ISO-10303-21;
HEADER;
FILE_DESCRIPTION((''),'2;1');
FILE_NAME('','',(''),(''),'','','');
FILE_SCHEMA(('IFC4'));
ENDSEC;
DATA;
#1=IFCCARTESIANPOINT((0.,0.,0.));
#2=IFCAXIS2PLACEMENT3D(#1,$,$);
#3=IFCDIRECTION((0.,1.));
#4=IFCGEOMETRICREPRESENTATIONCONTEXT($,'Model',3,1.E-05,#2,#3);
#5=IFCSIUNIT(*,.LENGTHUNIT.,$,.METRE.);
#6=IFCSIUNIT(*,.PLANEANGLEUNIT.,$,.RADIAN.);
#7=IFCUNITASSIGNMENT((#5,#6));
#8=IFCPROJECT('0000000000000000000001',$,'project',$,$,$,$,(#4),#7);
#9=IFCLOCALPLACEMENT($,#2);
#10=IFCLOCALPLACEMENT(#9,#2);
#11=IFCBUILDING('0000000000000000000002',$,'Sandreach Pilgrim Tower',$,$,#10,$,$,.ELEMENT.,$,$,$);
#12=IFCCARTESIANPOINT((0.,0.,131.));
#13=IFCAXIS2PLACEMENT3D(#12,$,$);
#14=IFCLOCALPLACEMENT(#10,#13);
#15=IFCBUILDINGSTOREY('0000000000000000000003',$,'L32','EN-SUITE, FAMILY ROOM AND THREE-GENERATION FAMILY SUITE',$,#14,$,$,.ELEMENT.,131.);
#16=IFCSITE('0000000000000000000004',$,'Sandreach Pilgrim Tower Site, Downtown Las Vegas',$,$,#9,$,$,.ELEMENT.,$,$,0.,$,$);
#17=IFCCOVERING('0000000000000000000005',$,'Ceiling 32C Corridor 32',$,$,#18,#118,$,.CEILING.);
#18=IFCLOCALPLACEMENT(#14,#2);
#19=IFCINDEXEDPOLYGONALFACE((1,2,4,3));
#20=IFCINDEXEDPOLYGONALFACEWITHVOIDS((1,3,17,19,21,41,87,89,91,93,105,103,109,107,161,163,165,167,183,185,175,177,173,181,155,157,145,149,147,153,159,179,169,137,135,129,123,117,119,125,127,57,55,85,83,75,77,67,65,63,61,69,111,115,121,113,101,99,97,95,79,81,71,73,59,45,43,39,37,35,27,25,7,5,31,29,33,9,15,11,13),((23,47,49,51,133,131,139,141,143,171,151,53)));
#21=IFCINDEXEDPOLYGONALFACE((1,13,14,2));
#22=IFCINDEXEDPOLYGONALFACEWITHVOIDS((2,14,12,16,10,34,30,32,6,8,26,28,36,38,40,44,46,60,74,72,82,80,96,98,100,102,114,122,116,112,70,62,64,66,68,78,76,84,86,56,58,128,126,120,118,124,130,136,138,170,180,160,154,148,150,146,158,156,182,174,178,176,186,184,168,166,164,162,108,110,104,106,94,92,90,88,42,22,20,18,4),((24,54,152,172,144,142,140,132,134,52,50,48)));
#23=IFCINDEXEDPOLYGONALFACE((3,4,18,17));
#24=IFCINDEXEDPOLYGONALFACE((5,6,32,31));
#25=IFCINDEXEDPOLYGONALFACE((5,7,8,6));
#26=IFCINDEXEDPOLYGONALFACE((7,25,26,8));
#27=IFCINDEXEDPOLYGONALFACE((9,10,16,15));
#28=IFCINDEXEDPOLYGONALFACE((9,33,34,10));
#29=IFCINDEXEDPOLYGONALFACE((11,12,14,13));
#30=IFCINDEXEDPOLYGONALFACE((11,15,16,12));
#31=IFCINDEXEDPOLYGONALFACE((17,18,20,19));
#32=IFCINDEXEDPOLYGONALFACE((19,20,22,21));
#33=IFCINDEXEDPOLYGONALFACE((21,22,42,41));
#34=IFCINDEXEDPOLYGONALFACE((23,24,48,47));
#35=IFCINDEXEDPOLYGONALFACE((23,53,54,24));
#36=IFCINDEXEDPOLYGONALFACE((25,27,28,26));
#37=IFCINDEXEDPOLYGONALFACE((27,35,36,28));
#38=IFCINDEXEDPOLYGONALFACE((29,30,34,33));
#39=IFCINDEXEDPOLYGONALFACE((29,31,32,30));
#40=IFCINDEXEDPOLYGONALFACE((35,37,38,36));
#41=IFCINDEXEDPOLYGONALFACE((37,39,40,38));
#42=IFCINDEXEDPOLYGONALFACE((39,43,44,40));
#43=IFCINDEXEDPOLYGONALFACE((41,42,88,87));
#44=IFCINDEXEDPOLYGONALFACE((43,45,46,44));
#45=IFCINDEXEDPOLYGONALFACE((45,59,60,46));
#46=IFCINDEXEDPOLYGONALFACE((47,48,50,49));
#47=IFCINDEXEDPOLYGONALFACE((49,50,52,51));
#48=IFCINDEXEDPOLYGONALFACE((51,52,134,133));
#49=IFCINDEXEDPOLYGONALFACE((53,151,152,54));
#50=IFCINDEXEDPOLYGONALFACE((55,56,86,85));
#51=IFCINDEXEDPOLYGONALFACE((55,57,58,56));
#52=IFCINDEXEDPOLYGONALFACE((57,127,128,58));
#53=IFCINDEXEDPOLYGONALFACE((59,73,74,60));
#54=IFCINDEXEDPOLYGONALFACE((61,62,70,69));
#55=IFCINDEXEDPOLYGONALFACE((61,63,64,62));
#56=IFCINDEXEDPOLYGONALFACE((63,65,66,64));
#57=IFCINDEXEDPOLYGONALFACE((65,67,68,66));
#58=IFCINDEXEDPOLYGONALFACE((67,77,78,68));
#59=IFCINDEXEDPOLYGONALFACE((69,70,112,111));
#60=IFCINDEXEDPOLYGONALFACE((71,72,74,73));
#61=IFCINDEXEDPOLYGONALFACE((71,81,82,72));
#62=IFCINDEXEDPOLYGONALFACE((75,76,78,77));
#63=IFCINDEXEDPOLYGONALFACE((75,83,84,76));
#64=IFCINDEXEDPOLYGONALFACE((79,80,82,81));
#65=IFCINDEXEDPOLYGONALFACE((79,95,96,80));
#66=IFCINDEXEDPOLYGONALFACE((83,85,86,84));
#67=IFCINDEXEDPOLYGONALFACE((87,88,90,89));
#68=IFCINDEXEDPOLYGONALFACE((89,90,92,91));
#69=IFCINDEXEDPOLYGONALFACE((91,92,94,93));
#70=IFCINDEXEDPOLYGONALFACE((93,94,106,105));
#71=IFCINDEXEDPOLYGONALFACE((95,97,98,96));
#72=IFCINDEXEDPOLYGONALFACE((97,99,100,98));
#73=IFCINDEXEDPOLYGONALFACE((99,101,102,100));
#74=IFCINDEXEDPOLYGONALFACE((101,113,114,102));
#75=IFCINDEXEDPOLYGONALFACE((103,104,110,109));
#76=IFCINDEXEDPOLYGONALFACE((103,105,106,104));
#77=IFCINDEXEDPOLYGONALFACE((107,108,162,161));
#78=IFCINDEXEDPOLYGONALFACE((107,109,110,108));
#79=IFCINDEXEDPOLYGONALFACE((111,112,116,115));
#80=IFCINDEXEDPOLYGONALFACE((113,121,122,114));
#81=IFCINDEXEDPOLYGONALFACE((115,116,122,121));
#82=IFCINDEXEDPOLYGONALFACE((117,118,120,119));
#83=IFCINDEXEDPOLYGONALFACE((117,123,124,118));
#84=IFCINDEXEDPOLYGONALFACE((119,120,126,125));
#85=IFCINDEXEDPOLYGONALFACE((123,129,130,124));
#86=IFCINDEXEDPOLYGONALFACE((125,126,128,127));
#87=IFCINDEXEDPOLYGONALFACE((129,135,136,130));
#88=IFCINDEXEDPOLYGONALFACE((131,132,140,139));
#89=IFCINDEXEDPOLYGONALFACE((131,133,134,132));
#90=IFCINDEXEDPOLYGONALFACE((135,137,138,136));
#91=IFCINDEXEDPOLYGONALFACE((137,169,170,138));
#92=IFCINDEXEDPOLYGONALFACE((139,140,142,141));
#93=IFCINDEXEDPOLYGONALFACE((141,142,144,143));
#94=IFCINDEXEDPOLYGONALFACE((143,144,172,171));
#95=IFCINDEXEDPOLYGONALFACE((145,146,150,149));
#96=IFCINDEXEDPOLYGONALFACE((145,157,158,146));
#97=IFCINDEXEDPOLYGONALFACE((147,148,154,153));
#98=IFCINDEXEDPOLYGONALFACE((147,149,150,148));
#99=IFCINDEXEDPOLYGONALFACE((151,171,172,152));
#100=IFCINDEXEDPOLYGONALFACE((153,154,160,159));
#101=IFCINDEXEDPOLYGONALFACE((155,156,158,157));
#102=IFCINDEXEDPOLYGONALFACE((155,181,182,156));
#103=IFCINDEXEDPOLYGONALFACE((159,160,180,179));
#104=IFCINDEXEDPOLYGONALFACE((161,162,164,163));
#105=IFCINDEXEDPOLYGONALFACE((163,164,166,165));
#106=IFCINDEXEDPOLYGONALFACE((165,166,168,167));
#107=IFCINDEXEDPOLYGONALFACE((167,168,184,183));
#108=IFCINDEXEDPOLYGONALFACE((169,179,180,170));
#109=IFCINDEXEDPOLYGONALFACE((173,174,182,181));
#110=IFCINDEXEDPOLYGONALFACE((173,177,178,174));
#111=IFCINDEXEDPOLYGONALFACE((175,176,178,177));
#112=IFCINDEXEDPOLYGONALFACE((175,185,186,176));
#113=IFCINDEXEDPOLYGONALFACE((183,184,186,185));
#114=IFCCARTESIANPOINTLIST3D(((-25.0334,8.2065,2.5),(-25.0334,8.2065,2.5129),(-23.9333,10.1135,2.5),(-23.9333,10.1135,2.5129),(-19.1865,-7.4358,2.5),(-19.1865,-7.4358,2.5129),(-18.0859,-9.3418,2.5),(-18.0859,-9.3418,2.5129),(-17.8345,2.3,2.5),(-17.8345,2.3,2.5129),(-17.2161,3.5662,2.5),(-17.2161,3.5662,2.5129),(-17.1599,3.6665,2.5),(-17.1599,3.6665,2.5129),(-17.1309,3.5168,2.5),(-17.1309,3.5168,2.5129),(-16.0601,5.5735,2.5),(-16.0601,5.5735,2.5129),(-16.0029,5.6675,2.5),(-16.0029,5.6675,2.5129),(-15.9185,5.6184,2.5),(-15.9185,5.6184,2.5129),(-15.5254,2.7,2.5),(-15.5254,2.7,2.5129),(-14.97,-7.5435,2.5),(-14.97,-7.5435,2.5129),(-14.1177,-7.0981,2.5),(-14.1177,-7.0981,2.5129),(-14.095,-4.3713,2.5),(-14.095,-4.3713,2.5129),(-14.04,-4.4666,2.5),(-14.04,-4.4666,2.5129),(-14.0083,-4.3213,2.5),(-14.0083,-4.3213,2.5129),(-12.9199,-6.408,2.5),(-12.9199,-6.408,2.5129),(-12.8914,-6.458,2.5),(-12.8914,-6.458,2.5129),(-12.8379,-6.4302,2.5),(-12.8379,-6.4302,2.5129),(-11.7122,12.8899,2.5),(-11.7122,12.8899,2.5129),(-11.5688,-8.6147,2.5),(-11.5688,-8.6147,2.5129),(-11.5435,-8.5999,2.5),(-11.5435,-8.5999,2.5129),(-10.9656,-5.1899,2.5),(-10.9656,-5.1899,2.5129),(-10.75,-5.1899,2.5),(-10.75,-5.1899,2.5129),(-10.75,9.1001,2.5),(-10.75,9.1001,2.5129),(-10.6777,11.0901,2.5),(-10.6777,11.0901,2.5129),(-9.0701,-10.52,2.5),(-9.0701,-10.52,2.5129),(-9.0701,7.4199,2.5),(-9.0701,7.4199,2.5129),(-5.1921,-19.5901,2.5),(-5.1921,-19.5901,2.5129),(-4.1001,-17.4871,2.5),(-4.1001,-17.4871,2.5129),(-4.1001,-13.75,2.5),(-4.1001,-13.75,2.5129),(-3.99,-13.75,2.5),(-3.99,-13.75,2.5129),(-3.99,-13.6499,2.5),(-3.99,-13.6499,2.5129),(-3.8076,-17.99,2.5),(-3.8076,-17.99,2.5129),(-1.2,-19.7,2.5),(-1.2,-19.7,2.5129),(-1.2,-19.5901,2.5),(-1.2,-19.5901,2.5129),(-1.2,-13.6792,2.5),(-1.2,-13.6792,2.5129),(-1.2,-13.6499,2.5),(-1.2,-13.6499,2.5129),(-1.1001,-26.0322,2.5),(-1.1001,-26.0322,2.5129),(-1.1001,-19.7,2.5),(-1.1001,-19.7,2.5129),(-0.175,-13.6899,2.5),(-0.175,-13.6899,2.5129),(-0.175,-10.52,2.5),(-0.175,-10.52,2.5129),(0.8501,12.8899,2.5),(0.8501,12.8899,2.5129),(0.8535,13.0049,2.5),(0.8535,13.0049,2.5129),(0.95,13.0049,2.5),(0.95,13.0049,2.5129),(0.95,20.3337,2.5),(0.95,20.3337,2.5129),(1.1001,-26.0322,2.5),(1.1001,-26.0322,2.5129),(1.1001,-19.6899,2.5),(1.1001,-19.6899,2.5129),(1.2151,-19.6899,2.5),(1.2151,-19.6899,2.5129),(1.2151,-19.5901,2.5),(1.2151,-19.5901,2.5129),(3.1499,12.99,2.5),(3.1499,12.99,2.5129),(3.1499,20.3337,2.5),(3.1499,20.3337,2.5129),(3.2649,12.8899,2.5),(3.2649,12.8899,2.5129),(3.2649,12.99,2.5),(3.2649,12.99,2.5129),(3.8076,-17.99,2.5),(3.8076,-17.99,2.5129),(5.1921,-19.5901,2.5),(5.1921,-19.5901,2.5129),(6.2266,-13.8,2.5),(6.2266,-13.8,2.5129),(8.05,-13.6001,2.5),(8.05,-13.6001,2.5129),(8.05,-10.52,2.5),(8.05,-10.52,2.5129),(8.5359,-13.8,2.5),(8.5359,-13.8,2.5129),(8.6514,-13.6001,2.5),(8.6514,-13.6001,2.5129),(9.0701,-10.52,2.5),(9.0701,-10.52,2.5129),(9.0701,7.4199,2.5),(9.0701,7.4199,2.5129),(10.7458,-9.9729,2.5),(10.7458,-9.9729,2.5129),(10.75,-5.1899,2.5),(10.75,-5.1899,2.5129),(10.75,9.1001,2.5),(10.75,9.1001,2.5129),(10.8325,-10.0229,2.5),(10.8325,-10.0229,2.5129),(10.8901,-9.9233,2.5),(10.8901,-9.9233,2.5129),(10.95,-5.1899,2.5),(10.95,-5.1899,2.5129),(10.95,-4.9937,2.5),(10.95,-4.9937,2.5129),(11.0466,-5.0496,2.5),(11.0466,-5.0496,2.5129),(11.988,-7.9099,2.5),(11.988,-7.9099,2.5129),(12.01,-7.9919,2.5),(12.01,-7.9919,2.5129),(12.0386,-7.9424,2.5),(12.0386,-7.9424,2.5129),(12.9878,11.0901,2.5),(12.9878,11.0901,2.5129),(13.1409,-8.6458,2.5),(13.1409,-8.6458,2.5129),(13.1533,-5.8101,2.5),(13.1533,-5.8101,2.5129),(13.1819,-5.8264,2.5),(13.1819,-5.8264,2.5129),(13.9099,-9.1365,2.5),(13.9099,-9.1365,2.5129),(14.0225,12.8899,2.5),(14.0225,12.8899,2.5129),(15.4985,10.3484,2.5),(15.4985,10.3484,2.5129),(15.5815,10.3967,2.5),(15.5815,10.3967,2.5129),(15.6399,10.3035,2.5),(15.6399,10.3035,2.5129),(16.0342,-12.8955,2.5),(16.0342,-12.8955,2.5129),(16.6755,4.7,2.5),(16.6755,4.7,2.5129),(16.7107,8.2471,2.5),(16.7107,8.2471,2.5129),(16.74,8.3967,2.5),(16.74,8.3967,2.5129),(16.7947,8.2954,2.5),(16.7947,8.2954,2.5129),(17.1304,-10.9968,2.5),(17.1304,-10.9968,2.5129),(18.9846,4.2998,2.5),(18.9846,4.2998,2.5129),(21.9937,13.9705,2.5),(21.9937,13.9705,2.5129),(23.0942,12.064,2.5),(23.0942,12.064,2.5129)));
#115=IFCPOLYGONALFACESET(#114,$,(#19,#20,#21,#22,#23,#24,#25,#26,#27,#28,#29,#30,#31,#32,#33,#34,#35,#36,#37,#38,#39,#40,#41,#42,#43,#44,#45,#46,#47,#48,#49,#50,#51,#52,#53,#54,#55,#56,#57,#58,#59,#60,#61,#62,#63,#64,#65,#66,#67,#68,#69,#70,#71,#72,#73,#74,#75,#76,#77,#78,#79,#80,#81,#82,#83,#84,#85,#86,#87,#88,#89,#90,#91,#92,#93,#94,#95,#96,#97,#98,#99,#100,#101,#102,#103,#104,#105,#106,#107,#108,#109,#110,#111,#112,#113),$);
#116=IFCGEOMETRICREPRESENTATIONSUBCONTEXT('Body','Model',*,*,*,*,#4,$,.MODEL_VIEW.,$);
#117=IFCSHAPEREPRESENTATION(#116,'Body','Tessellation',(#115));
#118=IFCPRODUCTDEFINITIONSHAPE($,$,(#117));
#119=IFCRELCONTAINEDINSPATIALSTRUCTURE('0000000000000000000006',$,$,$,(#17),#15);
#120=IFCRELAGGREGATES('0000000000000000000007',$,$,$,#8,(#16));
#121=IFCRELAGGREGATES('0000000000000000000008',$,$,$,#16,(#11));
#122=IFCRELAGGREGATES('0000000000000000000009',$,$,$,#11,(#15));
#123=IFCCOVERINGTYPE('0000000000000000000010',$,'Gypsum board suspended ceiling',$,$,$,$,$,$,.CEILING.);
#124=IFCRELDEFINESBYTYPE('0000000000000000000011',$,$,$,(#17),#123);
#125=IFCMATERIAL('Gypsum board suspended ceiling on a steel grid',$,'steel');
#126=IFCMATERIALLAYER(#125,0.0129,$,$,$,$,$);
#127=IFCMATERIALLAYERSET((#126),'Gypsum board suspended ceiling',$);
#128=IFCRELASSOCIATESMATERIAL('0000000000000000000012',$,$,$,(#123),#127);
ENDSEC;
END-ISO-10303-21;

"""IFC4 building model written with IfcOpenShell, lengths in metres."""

from ifc_helpers import new_model, si_unit, direction, frame, origin, place, context, subcontext, project, spatial, polyline, outline, extrude, material, layer, layer_set, type_object, element, save


model = new_model("IFC4")

# Units and contexts
model_context = context("Model", 3, precision=1e-05, world=origin(), true_north=direction((0.0, 1.0)))
body_context = subcontext(model_context, "Body", "Model", "MODEL_VIEW")
ifc_project = project(units=[si_unit("LENGTHUNIT", "METRE"), si_unit("PLANEANGLEUNIT", "RADIAN")], contexts=[model_context])

# Site, building, storey
site_placement = place(None, origin())
site = spatial("IfcSite", under=ifc_project, at=site_placement, Name="Sandreach Pilgrim Tower Site, Downtown Las Vegas", CompositionType="ELEMENT", RefElevation=0.0)
building_placement = place(site_placement, origin())
building = spatial("IfcBuilding", under=site, at=building_placement, Name="Sandreach Pilgrim Tower", CompositionType="ELEMENT")
storey_placement = place(building_placement, frame((0.0, 0.0, 131.0)))
storey = spatial("IfcBuildingStorey", under=building, at=storey_placement, Name="L32", Description="EN-SUITE, FAMILY ROOM AND THREE-GENERATION FAMILY SUITE", CompositionType="ELEMENT", Elevation=131.0)

# Covering
ifc_material_1 = material(Name="Gypsum board suspended ceiling on a steel grid", Category="steel")
ifc_layer_1 = layer(ifc_material_1, 0.0129)
ifc_layer_set_1 = layer_set([ifc_layer_1], Name="Gypsum board suspended ceiling")
covering_type_1 = type_object("IfcCoveringType", Name="Gypsum board suspended ceiling", PredefinedType="CEILING", material=ifc_layer_set_1)
covering_1_placement = place(storey_placement, frame((0.0, 0.0, 2.5)))
element("IfcCovering", 1, at=covering_1_placement, inside=storey, type_object=covering_type_1, Name="Ceiling 32C Corridor 32", PredefinedType="CEILING", context=body_context, shape_type="SweptSolid", body=[
    extrude(outline(polyline([(-14.095, -4.3713), (-14.0083, -4.3213), (-17.8345, 2.3), (-17.1309, 3.5168), (-17.2161, 3.5662), (-17.1599, 3.6665), (-25.0334, 8.2065), (-23.9333, 10.1135), (-16.0601, 5.5735), (-16.0029, 5.6675), (-15.9185, 5.6184), (-11.7122, 12.8899), (0.8501, 12.8899), (0.8535, 13.0049), (0.95, 13.0049), (0.95, 20.3337), (3.1499, 20.3337), (3.1499, 12.99), (3.2649, 12.99), (3.2649, 12.8899), (14.0225, 12.8899), (15.4985, 10.3484), (15.5815, 10.3967), (15.6399, 10.3035), (21.9937, 13.9705), (23.0942, 12.064), (16.74, 8.3967), (16.7947, 8.2954), (16.7107, 8.2471), (18.9846, 4.2998), (13.1533, -5.8101), (13.1819, -5.8264), (11.988, -7.9099), (12.0386, -7.9424), (12.01, -7.9919), (13.1409, -8.6458), (13.9099, -9.1365), (17.1304, -10.9968), (16.0342, -12.8955), (10.8901, -9.9233), (10.8325, -10.0229), (10.7458, -9.9729), (8.6514, -13.6001), (8.05, -13.6001), (8.05, -10.52), (9.0701, -10.52), (9.0701, 7.4199), (-9.0701, 7.4199), (-9.0701, -10.52), (-0.175, -10.52), (-0.175, -13.6899), (-1.2, -13.6792), (-1.2, -13.6499), (-3.99, -13.6499), (-3.99, -13.75), (-4.1001, -13.75), (-4.1001, -17.4871), (-3.8076, -17.99), (3.8076, -17.99), (6.2266, -13.8), (8.5359, -13.8), (5.1921, -19.5901), (1.2151, -19.5901), (1.2151, -19.6899), (1.1001, -19.6899), (1.1001, -26.0322), (-1.1001, -26.0322), (-1.1001, -19.7), (-1.2, -19.7), (-1.2, -19.5901), (-5.1921, -19.5901), (-11.5435, -8.5999), (-11.5688, -8.6147), (-12.8379, -6.4302), (-12.8914, -6.458), (-12.9199, -6.408), (-14.1177, -7.0981), (-14.97, -7.5435), (-18.0859, -9.3418), (-19.1865, -7.4358), (-14.04, -4.4666), (-14.095, -4.3713)]), holes=[polyline([(-10.9656, -5.1899), (-10.75, -5.1899), (-10.75, 9.1001), (10.75, 9.1001), (10.75, -5.1899), (10.95, -5.1899), (10.95, -4.9937), (11.0466, -5.0496), (16.6755, 4.7), (12.9878, 11.0901), (-10.6777, 11.0901), (-15.5254, 2.7), (-10.9656, -5.1899)])]), origin(), (0.0, 0.0, 1.0), 0.0129),
])

save(model, "model.ifc")
